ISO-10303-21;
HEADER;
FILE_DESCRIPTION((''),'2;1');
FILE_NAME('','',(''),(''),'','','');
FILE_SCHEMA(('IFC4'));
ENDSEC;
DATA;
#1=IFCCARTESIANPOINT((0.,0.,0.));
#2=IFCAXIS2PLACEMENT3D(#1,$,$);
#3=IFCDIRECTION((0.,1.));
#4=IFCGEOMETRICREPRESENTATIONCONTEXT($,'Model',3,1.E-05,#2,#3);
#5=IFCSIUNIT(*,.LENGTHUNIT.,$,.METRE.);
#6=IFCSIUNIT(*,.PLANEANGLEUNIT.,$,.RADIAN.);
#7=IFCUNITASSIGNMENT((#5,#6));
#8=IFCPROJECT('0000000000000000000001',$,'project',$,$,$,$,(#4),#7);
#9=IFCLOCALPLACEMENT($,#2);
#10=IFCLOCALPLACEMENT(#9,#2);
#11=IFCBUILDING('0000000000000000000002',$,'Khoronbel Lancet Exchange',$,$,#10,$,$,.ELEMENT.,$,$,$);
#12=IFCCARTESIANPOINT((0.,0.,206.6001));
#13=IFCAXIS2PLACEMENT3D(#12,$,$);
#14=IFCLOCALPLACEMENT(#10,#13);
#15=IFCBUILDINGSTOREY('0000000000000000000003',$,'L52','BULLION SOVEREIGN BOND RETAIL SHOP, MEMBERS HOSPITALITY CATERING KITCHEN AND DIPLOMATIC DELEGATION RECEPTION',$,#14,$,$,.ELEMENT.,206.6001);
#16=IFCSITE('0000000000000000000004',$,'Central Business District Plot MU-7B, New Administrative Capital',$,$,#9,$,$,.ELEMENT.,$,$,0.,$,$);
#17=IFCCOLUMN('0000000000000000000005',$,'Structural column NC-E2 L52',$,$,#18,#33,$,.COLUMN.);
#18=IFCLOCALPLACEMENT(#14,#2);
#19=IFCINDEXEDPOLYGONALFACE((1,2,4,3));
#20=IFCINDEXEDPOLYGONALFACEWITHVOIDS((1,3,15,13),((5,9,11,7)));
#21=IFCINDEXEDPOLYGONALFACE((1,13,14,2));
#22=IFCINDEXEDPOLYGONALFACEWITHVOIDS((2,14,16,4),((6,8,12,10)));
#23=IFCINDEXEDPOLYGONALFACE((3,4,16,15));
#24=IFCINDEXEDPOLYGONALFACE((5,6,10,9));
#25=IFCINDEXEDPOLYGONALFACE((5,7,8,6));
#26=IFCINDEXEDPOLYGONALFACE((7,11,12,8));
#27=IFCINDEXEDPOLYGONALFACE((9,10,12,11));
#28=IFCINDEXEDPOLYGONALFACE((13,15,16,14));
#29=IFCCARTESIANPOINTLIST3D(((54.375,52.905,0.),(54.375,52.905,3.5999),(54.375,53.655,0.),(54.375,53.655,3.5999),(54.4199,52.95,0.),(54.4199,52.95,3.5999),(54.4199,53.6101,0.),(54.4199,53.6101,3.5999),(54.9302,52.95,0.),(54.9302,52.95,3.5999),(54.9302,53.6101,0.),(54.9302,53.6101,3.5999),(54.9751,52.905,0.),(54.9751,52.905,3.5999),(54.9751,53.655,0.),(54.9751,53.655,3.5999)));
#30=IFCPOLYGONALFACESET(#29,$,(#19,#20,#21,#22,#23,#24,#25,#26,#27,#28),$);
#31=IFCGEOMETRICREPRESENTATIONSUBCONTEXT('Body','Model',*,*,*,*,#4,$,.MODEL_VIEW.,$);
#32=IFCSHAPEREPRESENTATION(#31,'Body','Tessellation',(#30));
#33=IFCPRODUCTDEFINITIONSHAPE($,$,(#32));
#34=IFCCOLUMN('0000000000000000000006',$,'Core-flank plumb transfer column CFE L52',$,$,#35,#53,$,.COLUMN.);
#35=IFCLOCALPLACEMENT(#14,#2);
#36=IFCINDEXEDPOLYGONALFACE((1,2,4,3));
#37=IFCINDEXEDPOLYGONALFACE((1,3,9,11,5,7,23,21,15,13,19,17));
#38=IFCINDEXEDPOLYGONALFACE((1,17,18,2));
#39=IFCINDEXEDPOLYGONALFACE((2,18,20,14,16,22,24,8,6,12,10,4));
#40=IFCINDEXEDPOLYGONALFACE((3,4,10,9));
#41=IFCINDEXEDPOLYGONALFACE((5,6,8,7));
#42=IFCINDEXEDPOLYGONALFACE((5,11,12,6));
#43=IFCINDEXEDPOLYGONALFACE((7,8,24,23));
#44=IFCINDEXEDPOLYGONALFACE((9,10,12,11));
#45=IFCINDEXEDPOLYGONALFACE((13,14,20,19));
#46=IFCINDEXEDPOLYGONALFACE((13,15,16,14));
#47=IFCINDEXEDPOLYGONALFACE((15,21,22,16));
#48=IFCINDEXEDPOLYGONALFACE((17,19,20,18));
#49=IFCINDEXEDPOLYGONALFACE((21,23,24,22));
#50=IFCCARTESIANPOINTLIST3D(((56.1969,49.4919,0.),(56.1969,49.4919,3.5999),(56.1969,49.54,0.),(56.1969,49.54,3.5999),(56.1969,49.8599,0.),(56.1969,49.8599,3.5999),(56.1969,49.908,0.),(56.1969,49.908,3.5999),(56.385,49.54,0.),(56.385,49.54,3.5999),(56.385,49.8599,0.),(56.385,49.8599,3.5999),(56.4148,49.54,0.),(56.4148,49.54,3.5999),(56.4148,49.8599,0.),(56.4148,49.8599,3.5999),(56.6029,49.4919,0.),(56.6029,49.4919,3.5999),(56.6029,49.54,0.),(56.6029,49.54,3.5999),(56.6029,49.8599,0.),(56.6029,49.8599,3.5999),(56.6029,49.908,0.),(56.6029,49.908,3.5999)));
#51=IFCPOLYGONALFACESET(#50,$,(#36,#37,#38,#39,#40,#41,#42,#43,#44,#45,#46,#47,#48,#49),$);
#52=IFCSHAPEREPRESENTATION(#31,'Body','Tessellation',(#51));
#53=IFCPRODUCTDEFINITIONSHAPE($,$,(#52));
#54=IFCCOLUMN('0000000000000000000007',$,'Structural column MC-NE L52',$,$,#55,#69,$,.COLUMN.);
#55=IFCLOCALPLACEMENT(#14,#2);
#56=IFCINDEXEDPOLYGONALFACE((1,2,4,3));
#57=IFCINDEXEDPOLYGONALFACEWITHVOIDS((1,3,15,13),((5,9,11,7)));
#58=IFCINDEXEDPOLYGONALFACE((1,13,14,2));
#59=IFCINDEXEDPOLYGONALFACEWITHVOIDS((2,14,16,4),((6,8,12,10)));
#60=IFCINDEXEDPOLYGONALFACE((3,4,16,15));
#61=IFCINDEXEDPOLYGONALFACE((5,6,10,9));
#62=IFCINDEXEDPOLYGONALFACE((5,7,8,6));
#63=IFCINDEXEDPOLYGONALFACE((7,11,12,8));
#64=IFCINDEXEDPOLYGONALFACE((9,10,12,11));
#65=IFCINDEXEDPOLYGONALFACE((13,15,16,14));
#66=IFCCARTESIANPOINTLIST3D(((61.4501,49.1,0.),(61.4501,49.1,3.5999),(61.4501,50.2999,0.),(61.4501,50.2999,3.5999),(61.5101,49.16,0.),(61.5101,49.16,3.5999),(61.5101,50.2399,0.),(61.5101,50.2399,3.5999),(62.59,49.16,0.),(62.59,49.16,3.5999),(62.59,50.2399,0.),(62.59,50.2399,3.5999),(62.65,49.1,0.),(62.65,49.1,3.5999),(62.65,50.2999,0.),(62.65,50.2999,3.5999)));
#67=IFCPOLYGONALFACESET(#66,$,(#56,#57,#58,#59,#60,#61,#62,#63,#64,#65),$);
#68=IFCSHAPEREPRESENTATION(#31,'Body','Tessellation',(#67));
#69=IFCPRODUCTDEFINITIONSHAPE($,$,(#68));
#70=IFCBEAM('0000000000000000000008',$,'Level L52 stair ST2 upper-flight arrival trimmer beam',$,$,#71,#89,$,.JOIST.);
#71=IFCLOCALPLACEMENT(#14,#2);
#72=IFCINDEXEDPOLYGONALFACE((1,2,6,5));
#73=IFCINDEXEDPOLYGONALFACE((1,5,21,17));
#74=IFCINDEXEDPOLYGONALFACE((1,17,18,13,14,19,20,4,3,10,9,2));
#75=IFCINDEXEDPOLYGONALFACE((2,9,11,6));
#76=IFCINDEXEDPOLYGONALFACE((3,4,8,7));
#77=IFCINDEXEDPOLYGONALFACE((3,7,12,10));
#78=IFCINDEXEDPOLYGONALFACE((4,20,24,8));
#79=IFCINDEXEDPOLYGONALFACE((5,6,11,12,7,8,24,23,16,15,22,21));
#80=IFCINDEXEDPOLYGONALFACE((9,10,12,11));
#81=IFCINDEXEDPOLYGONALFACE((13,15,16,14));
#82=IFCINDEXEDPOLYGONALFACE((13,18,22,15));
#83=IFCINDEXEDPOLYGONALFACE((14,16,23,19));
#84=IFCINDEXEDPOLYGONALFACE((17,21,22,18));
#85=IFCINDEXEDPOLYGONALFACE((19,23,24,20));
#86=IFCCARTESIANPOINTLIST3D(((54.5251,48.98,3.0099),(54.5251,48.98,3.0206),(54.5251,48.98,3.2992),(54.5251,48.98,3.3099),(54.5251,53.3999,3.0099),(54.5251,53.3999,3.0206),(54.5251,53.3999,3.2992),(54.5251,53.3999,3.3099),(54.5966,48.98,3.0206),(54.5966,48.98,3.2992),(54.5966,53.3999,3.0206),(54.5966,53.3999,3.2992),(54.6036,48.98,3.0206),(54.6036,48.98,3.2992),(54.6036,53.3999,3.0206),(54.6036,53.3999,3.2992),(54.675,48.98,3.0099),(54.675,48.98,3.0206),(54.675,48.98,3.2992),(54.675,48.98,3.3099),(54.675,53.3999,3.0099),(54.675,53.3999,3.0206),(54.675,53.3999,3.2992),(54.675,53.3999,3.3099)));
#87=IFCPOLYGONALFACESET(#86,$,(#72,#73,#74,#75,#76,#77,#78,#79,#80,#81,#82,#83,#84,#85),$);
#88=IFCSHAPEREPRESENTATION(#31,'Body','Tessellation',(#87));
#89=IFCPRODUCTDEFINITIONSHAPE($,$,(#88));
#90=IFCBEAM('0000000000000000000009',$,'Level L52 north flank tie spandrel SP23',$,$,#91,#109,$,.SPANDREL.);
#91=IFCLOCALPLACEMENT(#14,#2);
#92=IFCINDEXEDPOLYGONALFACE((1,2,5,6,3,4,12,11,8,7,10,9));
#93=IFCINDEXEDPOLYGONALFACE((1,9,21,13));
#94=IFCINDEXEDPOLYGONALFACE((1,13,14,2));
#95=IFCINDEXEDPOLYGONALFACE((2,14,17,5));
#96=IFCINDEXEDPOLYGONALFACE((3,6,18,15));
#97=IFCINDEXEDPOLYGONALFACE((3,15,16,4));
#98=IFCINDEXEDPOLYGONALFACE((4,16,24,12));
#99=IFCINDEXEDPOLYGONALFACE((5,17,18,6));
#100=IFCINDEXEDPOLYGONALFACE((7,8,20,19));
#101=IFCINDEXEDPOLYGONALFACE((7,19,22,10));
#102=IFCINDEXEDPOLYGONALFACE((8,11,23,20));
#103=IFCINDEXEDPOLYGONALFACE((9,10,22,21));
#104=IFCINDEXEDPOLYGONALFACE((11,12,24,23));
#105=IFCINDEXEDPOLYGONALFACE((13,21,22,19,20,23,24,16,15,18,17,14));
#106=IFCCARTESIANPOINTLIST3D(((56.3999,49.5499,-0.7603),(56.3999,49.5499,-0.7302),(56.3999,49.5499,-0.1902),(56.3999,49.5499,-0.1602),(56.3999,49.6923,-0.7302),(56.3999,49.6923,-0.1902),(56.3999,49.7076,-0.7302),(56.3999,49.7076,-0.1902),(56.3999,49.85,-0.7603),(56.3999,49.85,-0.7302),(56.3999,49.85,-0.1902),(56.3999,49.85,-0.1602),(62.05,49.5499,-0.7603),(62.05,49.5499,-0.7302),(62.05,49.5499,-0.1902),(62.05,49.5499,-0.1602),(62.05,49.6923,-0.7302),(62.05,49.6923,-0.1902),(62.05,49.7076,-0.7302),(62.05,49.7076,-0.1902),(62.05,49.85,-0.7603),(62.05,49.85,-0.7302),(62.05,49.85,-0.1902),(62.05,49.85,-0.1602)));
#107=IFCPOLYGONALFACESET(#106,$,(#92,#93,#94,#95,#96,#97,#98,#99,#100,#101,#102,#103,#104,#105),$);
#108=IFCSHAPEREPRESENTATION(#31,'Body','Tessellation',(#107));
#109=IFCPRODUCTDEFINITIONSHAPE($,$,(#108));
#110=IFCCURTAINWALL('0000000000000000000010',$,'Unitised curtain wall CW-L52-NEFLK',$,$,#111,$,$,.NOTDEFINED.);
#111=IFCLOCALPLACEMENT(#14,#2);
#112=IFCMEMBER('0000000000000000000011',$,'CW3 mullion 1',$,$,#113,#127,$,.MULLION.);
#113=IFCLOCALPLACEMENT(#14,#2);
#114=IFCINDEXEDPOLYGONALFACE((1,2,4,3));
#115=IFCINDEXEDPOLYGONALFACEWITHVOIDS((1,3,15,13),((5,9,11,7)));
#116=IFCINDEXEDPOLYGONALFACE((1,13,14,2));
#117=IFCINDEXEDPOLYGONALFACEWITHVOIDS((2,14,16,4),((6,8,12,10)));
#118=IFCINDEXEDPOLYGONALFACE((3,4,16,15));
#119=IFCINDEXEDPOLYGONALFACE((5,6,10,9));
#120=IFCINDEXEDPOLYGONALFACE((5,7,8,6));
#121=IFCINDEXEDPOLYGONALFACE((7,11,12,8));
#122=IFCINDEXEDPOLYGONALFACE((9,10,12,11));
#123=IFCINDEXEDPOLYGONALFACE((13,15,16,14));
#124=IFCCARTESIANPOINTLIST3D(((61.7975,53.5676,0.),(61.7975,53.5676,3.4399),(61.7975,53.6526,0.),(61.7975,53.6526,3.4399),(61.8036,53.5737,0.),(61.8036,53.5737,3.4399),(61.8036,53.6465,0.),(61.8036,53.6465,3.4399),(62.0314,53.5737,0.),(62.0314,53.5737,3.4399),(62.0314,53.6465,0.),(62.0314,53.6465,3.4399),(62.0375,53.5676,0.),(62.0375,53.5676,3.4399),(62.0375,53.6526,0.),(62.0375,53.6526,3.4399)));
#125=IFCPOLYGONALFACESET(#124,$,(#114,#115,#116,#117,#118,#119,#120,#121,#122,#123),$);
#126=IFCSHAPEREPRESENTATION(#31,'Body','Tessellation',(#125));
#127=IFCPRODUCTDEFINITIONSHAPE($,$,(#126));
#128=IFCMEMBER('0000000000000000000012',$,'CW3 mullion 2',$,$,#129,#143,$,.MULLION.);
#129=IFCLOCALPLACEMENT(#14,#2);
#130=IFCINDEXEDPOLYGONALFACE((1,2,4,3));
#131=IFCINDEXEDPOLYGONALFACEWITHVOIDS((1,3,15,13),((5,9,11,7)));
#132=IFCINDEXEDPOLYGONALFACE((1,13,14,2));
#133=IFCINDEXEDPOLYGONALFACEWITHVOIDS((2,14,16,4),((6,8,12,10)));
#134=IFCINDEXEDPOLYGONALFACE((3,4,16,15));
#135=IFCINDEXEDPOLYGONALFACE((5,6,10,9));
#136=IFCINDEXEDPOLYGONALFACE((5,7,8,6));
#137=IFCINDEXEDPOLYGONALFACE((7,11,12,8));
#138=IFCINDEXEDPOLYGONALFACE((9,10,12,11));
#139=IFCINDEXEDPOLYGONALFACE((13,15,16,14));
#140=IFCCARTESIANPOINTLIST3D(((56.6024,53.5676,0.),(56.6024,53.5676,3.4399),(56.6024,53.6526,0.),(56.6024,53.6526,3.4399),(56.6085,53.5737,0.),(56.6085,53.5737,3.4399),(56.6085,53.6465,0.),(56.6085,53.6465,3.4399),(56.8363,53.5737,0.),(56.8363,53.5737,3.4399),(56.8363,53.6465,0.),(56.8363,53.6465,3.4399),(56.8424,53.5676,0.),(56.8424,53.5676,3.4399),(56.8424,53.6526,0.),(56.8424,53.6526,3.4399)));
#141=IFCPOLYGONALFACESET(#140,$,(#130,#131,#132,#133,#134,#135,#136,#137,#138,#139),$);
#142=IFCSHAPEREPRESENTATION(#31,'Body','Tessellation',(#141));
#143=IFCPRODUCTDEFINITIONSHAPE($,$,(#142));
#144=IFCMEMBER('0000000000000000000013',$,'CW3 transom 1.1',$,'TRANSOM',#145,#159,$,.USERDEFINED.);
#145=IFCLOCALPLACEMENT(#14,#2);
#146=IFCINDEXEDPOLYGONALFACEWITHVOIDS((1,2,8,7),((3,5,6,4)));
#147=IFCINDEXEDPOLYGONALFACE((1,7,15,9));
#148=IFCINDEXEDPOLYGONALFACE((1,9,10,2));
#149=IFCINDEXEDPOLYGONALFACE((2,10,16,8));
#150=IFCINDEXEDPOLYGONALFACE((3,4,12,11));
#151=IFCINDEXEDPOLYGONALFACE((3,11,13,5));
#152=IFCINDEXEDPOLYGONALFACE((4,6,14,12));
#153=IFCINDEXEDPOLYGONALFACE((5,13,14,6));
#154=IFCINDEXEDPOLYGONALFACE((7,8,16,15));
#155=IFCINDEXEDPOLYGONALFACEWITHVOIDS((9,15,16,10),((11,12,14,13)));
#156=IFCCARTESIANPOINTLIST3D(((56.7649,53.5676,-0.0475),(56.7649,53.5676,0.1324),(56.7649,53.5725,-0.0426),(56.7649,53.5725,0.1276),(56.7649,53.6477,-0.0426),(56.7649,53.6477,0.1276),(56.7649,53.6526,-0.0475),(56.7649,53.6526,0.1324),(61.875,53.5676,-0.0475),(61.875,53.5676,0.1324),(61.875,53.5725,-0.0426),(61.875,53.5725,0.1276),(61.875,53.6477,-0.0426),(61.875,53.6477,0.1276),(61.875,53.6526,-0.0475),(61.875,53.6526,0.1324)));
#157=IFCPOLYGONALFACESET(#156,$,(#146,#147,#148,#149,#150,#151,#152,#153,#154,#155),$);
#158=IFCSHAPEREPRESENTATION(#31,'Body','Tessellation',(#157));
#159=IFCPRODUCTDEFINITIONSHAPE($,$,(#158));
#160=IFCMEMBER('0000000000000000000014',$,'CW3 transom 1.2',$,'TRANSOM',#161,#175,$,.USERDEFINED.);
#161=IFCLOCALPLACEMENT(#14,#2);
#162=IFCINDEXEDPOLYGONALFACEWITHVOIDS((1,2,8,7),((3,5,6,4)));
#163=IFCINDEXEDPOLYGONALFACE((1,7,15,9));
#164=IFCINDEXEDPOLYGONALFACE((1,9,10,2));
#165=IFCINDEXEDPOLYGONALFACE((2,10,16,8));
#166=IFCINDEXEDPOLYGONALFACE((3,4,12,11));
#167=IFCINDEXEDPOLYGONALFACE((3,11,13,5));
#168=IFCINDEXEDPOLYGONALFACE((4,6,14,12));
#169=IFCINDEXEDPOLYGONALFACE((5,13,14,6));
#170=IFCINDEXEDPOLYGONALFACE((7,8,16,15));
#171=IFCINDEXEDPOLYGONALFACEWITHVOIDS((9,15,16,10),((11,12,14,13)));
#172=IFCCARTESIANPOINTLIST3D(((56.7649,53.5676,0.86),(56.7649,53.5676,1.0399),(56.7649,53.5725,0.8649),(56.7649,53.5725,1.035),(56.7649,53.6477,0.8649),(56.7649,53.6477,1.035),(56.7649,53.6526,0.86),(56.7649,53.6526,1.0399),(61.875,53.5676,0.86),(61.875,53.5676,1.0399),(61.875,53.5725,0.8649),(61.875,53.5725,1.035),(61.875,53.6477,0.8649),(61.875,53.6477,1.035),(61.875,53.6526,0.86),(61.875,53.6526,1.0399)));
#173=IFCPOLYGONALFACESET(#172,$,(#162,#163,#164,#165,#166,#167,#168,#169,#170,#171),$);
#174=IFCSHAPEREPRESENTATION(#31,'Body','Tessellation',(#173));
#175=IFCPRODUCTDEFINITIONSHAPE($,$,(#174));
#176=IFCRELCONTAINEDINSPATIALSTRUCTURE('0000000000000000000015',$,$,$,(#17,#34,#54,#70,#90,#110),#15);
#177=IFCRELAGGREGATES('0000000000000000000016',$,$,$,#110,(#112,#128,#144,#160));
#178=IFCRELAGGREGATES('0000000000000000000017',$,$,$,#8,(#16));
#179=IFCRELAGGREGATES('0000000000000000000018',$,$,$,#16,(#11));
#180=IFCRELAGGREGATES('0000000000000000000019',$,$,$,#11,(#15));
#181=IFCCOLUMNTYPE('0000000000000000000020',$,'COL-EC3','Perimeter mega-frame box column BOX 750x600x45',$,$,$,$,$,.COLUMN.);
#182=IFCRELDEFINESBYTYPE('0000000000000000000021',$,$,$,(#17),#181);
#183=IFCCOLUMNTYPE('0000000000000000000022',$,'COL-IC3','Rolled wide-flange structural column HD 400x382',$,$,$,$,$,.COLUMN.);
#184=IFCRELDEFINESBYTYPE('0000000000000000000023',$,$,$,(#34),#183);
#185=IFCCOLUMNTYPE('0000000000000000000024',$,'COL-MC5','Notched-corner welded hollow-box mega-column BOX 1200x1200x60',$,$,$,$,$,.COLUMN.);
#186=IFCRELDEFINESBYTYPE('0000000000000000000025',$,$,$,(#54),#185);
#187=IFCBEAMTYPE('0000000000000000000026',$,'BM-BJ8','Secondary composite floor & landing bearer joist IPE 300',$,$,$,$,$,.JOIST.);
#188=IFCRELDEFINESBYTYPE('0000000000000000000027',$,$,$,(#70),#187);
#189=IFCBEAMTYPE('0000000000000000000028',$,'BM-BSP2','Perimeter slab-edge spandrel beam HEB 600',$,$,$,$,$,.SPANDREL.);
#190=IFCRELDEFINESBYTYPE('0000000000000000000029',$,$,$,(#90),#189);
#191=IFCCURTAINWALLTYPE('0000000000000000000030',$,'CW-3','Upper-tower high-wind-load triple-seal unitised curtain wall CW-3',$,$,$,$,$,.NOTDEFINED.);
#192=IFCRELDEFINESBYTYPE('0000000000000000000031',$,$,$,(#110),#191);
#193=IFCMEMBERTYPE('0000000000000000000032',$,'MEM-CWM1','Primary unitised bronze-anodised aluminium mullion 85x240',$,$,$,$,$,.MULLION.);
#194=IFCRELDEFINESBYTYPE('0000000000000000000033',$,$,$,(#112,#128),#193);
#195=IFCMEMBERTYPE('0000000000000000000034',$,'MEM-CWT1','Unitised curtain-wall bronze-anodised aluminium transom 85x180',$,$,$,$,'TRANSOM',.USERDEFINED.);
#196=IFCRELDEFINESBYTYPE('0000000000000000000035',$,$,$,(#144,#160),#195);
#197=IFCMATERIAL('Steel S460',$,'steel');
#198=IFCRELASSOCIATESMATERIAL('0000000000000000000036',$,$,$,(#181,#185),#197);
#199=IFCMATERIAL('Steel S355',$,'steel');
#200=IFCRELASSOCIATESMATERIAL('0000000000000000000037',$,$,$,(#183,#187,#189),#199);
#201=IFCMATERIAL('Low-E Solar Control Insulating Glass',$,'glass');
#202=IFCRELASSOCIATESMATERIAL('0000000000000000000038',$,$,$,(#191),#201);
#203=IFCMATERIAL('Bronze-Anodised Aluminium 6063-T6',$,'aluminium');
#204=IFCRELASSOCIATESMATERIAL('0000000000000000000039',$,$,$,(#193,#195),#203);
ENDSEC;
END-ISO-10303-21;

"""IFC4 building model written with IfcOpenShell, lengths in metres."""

from ifc_helpers import new_model, si_unit, direction, frame, origin, origin_2d, place, context, subcontext, project, spatial, hollow_rectangle, i_section, extrude, material, material_profile, profile_set, type_object, element, aggregate, save


model = new_model("IFC4")

# Units and contexts
model_context = context("Model", 3, precision=1e-05, world=origin(), true_north=direction((0.0, 1.0)))
body_context = subcontext(model_context, "Body", "Model", "MODEL_VIEW")
ifc_project = project(units=[si_unit("LENGTHUNIT", "METRE"), si_unit("PLANEANGLEUNIT", "RADIAN")], contexts=[model_context])

# Site, building, storey
site_placement = place(None, origin())
site = spatial("IfcSite", under=ifc_project, at=site_placement, Name="Central Business District Plot MU-7B, New Administrative Capital", CompositionType="ELEMENT", RefElevation=0.0)
building_placement = place(site_placement, origin())
building = spatial("IfcBuilding", under=site, at=building_placement, Name="Khoronbel Lancet Exchange", CompositionType="ELEMENT")
storey_placement = place(building_placement, frame((0.0, 0.0, 206.6001)))
storey = spatial("IfcBuildingStorey", under=building, at=storey_placement, Name="L52", Description="BULLION SOVEREIGN BOND RETAIL SHOP, MEMBERS HOSPITALITY CATERING KITCHEN AND DIPLOMATIC DELEGATION RECEPTION", CompositionType="ELEMENT", Elevation=206.6001)

# Columns
ifc_material_1 = material(Name="Steel S460", Category="steel")
ifc_material_profile_1 = material_profile(ifc_material_1, hollow_rectangle(XDim=0.6001, YDim=0.75, WallThickness=0.0449, at=origin_2d()), Name="BOX 750x600x45")
ifc_profile_set_1 = profile_set([ifc_material_profile_1], Name="Steel S460")
column_type_1 = type_object("IfcColumnType", Name="COL-EC3", Description="Perimeter mega-frame box column BOX 750x600x45", PredefinedType="COLUMN", material=ifc_profile_set_1)
column_1_placement = place(storey_placement, frame((54.675, 53.28, 0.0), z_axis=(0.0, 0.0, 1.0), x_axis=(1.0, 0.0, 0.0)))
element("IfcColumn", 1, at=column_1_placement, inside=storey, type_object=column_type_1, Name="Structural column NC-E2 L52", PredefinedType="COLUMN", context=body_context, shape_type="SweptSolid", body=[
    extrude(hollow_rectangle(XDim=0.6001, YDim=0.75, WallThickness=0.0449, at=origin_2d()), origin(), (0.0, 0.0, 1.0), 3.5999),
])
ifc_material_2 = material(Name="Steel S355", Category="steel")
ifc_material_profile_2 = material_profile(ifc_material_2, i_section(OverallWidth=0.406, OverallDepth=0.416, WebThickness=0.0298, FlangeThickness=0.0481, at=origin_2d()), Name="HD 400x382")
ifc_profile_set_2 = profile_set([ifc_material_profile_2], Name="Steel S355")
column_type_2 = type_object("IfcColumnType", Name="COL-IC3", Description="Rolled wide-flange structural column HD 400x382", PredefinedType="COLUMN", material=ifc_profile_set_2)
column_2_placement = place(storey_placement, frame((56.3999, 49.7, 0.0), z_axis=(0.0, 0.0, 1.0), x_axis=(1.0, 0.0, 0.0)))
element("IfcColumn", 2, at=column_2_placement, inside=storey, type_object=column_type_2, Name="Core-flank plumb transfer column CFE L52", PredefinedType="COLUMN", context=body_context, shape_type="SweptSolid", body=[
    extrude(i_section(OverallWidth=0.406, OverallDepth=0.416, WebThickness=0.0298, FlangeThickness=0.0481, at=origin_2d()), origin(), (0.0, 0.0, 1.0), 3.5999),
])
ifc_material_profile_3 = material_profile(ifc_material_1, hollow_rectangle(XDim=1.2, YDim=1.2, WallThickness=0.0601, at=origin_2d()), Name="BOX 1200x1200x60")
ifc_profile_set_3 = profile_set([ifc_material_profile_3], Name="Steel S460")
column_type_3 = type_object("IfcColumnType", Name="COL-MC5", Description="Notched-corner welded hollow-box mega-column BOX 1200x1200x60", PredefinedType="COLUMN", material=ifc_profile_set_3)
column_3_placement = place(storey_placement, frame((62.05, 49.7, 0.0), z_axis=(0.0, 0.0, 1.0), x_axis=(1.0, 0.0, 0.0)))
element("IfcColumn", 3, at=column_3_placement, inside=storey, type_object=column_type_3, Name="Structural column MC-NE L52", PredefinedType="COLUMN", context=body_context, shape_type="SweptSolid", body=[
    extrude(hollow_rectangle(XDim=1.2, YDim=1.2, WallThickness=0.0601, at=origin_2d()), origin(), (0.0, 0.0, 1.0), 3.5999),
])

# Beams
ifc_material_profile_4 = material_profile(ifc_material_2, i_section(OverallWidth=0.1499, OverallDepth=0.3, WebThickness=0.0071, FlangeThickness=0.0107, at=origin_2d()), Name="IPE 300")
ifc_profile_set_4 = profile_set([ifc_material_profile_4], Name="Steel S355")
beam_type_1 = type_object("IfcBeamType", Name="BM-BJ8", Description="Secondary composite floor & landing bearer joist IPE 300", PredefinedType="JOIST", material=ifc_profile_set_4)
beam_1_placement = place(storey_placement, frame((54.6001, 48.98, 3.1599), z_axis=(0.0, 1.0, 0.0), x_axis=(-1.0, 0.0, 0.0)))
element("IfcBeam", 4, at=beam_1_placement, inside=storey, type_object=beam_type_1, Name="Level L52 stair ST2 upper-flight arrival trimmer beam", PredefinedType="JOIST", context=body_context, shape_type="SweptSolid", body=[
    extrude(i_section(OverallWidth=0.1499, OverallDepth=0.3, WebThickness=0.0071, FlangeThickness=0.0107, at=origin_2d()), origin(), (0.0, 0.0, 1.0), 4.4199),
])
ifc_material_profile_5 = material_profile(ifc_material_2, i_section(OverallWidth=0.3, OverallDepth=0.6001, WebThickness=0.0154, FlangeThickness=0.03, at=origin_2d()), Name="HEB 600")
ifc_profile_set_5 = profile_set([ifc_material_profile_5], Name="Steel S355")
beam_type_2 = type_object("IfcBeamType", Name="BM-BSP2", Description="Perimeter slab-edge spandrel beam HEB 600", PredefinedType="SPANDREL", material=ifc_profile_set_5)
beam_2_placement = place(storey_placement, frame((62.05, 49.7, -0.4602), z_axis=(-1.0, 0.0, 0.0), x_axis=(0.0, -1.0, 0.0)))
element("IfcBeam", 5, at=beam_2_placement, inside=storey, type_object=beam_type_2, Name="Level L52 north flank tie spandrel SP23", PredefinedType="SPANDREL", context=body_context, shape_type="SweptSolid", body=[
    extrude(i_section(OverallWidth=0.3, OverallDepth=0.6001, WebThickness=0.0154, FlangeThickness=0.03, at=origin_2d()), origin(), (0.0, 0.0, 1.0), 5.6501),
])

# Curtain wall, members
ifc_material_3 = material(Name="Low-E Solar Control Insulating Glass", Category="glass")
curtain_wall_type = type_object("IfcCurtainWallType", Name="CW-3", Description="Upper-tower high-wind-load triple-seal unitised curtain wall CW-3", PredefinedType="NOTDEFINED", material=ifc_material_3)
curtain_wall_placement = place(storey_placement, origin())
curtain_wall = element("IfcCurtainWall", 6, at=curtain_wall_placement, inside=storey, type_object=curtain_wall_type, Name="Unitised curtain wall CW-L52-NEFLK", PredefinedType="NOTDEFINED")
ifc_material_4 = material(Name="Bronze-Anodised Aluminium 6063-T6", Category="aluminium")
ifc_material_profile_6 = material_profile(ifc_material_4, hollow_rectangle(XDim=0.085, YDim=0.24, WallThickness=0.0061, at=origin_2d()), Name="ALU MULLION 85x240")
ifc_profile_set_6 = profile_set([ifc_material_profile_6], Name="Bronze-Anodised Aluminium 6063-T6")
member_type_1 = type_object("IfcMemberType", Name="MEM-CWM1", Description="Primary unitised bronze-anodised aluminium mullion 85x240", PredefinedType="MULLION", material=ifc_profile_set_6)
member_1_placement = place(storey_placement, frame((61.9175, 53.6101, 0.0), z_axis=(0.0, 0.0, 1.0), x_axis=(0.0, -1.0, 0.0)))
member_1 = element("IfcMember", 7, at=member_1_placement, type_object=member_type_1, Name="CW3 mullion 1", PredefinedType="MULLION", context=body_context, shape_type="SweptSolid", body=[
    extrude(hollow_rectangle(XDim=0.085, YDim=0.24, WallThickness=0.0061, at=origin_2d()), origin(), (0.0, 0.0, 1.0), 3.4399),
])
member_2_placement = place(storey_placement, frame((56.7224, 53.6101, 0.0), z_axis=(0.0, 0.0, 1.0), x_axis=(0.0, -1.0, 0.0)))
member_2 = element("IfcMember", 8, at=member_2_placement, type_object=member_type_1, Name="CW3 mullion 2", PredefinedType="MULLION", context=body_context, shape_type="SweptSolid", body=[
    extrude(hollow_rectangle(XDim=0.085, YDim=0.24, WallThickness=0.0061, at=origin_2d()), origin(), (0.0, 0.0, 1.0), 3.4399),
])
ifc_material_profile_7 = material_profile(ifc_material_4, hollow_rectangle(XDim=0.085, YDim=0.1799, WallThickness=0.0049, at=origin_2d()), Name="ALU TRANSOM 85x180")
ifc_profile_set_7 = profile_set([ifc_material_profile_7], Name="Bronze-Anodised Aluminium 6063-T6")
member_type_2 = type_object("IfcMemberType", Name="MEM-CWT1", Description="Unitised curtain-wall bronze-anodised aluminium transom 85x180", ElementType="TRANSOM", PredefinedType="USERDEFINED", material=ifc_profile_set_7)
member_3_placement = place(storey_placement, frame((61.875, 53.6101, 0.0425), z_axis=(-1.0, 0.0, 0.0), x_axis=(0.0, -1.0, 0.0)))
member_3 = element("IfcMember", 9, at=member_3_placement, type_object=member_type_2, Name="CW3 transom 1.1", ObjectType="TRANSOM", PredefinedType="USERDEFINED", context=body_context, shape_type="SweptSolid", body=[
    extrude(hollow_rectangle(XDim=0.085, YDim=0.1799, WallThickness=0.0049, at=origin_2d()), origin(), (0.0, 0.0, 1.0), 5.1101),
])
member_4_placement = place(storey_placement, frame((61.875, 53.6101, 0.95), z_axis=(-1.0, 0.0, 0.0), x_axis=(0.0, -1.0, 0.0)))
member_4 = element("IfcMember", 10, at=member_4_placement, type_object=member_type_2, Name="CW3 transom 1.2", ObjectType="TRANSOM", PredefinedType="USERDEFINED", context=body_context, shape_type="SweptSolid", body=[
    extrude(hollow_rectangle(XDim=0.085, YDim=0.1799, WallThickness=0.0049, at=origin_2d()), origin(), (0.0, 0.0, 1.0), 5.1101),
])
aggregate(curtain_wall, [member_1, member_2, member_3, member_4])

save(model, "model.ifc")
